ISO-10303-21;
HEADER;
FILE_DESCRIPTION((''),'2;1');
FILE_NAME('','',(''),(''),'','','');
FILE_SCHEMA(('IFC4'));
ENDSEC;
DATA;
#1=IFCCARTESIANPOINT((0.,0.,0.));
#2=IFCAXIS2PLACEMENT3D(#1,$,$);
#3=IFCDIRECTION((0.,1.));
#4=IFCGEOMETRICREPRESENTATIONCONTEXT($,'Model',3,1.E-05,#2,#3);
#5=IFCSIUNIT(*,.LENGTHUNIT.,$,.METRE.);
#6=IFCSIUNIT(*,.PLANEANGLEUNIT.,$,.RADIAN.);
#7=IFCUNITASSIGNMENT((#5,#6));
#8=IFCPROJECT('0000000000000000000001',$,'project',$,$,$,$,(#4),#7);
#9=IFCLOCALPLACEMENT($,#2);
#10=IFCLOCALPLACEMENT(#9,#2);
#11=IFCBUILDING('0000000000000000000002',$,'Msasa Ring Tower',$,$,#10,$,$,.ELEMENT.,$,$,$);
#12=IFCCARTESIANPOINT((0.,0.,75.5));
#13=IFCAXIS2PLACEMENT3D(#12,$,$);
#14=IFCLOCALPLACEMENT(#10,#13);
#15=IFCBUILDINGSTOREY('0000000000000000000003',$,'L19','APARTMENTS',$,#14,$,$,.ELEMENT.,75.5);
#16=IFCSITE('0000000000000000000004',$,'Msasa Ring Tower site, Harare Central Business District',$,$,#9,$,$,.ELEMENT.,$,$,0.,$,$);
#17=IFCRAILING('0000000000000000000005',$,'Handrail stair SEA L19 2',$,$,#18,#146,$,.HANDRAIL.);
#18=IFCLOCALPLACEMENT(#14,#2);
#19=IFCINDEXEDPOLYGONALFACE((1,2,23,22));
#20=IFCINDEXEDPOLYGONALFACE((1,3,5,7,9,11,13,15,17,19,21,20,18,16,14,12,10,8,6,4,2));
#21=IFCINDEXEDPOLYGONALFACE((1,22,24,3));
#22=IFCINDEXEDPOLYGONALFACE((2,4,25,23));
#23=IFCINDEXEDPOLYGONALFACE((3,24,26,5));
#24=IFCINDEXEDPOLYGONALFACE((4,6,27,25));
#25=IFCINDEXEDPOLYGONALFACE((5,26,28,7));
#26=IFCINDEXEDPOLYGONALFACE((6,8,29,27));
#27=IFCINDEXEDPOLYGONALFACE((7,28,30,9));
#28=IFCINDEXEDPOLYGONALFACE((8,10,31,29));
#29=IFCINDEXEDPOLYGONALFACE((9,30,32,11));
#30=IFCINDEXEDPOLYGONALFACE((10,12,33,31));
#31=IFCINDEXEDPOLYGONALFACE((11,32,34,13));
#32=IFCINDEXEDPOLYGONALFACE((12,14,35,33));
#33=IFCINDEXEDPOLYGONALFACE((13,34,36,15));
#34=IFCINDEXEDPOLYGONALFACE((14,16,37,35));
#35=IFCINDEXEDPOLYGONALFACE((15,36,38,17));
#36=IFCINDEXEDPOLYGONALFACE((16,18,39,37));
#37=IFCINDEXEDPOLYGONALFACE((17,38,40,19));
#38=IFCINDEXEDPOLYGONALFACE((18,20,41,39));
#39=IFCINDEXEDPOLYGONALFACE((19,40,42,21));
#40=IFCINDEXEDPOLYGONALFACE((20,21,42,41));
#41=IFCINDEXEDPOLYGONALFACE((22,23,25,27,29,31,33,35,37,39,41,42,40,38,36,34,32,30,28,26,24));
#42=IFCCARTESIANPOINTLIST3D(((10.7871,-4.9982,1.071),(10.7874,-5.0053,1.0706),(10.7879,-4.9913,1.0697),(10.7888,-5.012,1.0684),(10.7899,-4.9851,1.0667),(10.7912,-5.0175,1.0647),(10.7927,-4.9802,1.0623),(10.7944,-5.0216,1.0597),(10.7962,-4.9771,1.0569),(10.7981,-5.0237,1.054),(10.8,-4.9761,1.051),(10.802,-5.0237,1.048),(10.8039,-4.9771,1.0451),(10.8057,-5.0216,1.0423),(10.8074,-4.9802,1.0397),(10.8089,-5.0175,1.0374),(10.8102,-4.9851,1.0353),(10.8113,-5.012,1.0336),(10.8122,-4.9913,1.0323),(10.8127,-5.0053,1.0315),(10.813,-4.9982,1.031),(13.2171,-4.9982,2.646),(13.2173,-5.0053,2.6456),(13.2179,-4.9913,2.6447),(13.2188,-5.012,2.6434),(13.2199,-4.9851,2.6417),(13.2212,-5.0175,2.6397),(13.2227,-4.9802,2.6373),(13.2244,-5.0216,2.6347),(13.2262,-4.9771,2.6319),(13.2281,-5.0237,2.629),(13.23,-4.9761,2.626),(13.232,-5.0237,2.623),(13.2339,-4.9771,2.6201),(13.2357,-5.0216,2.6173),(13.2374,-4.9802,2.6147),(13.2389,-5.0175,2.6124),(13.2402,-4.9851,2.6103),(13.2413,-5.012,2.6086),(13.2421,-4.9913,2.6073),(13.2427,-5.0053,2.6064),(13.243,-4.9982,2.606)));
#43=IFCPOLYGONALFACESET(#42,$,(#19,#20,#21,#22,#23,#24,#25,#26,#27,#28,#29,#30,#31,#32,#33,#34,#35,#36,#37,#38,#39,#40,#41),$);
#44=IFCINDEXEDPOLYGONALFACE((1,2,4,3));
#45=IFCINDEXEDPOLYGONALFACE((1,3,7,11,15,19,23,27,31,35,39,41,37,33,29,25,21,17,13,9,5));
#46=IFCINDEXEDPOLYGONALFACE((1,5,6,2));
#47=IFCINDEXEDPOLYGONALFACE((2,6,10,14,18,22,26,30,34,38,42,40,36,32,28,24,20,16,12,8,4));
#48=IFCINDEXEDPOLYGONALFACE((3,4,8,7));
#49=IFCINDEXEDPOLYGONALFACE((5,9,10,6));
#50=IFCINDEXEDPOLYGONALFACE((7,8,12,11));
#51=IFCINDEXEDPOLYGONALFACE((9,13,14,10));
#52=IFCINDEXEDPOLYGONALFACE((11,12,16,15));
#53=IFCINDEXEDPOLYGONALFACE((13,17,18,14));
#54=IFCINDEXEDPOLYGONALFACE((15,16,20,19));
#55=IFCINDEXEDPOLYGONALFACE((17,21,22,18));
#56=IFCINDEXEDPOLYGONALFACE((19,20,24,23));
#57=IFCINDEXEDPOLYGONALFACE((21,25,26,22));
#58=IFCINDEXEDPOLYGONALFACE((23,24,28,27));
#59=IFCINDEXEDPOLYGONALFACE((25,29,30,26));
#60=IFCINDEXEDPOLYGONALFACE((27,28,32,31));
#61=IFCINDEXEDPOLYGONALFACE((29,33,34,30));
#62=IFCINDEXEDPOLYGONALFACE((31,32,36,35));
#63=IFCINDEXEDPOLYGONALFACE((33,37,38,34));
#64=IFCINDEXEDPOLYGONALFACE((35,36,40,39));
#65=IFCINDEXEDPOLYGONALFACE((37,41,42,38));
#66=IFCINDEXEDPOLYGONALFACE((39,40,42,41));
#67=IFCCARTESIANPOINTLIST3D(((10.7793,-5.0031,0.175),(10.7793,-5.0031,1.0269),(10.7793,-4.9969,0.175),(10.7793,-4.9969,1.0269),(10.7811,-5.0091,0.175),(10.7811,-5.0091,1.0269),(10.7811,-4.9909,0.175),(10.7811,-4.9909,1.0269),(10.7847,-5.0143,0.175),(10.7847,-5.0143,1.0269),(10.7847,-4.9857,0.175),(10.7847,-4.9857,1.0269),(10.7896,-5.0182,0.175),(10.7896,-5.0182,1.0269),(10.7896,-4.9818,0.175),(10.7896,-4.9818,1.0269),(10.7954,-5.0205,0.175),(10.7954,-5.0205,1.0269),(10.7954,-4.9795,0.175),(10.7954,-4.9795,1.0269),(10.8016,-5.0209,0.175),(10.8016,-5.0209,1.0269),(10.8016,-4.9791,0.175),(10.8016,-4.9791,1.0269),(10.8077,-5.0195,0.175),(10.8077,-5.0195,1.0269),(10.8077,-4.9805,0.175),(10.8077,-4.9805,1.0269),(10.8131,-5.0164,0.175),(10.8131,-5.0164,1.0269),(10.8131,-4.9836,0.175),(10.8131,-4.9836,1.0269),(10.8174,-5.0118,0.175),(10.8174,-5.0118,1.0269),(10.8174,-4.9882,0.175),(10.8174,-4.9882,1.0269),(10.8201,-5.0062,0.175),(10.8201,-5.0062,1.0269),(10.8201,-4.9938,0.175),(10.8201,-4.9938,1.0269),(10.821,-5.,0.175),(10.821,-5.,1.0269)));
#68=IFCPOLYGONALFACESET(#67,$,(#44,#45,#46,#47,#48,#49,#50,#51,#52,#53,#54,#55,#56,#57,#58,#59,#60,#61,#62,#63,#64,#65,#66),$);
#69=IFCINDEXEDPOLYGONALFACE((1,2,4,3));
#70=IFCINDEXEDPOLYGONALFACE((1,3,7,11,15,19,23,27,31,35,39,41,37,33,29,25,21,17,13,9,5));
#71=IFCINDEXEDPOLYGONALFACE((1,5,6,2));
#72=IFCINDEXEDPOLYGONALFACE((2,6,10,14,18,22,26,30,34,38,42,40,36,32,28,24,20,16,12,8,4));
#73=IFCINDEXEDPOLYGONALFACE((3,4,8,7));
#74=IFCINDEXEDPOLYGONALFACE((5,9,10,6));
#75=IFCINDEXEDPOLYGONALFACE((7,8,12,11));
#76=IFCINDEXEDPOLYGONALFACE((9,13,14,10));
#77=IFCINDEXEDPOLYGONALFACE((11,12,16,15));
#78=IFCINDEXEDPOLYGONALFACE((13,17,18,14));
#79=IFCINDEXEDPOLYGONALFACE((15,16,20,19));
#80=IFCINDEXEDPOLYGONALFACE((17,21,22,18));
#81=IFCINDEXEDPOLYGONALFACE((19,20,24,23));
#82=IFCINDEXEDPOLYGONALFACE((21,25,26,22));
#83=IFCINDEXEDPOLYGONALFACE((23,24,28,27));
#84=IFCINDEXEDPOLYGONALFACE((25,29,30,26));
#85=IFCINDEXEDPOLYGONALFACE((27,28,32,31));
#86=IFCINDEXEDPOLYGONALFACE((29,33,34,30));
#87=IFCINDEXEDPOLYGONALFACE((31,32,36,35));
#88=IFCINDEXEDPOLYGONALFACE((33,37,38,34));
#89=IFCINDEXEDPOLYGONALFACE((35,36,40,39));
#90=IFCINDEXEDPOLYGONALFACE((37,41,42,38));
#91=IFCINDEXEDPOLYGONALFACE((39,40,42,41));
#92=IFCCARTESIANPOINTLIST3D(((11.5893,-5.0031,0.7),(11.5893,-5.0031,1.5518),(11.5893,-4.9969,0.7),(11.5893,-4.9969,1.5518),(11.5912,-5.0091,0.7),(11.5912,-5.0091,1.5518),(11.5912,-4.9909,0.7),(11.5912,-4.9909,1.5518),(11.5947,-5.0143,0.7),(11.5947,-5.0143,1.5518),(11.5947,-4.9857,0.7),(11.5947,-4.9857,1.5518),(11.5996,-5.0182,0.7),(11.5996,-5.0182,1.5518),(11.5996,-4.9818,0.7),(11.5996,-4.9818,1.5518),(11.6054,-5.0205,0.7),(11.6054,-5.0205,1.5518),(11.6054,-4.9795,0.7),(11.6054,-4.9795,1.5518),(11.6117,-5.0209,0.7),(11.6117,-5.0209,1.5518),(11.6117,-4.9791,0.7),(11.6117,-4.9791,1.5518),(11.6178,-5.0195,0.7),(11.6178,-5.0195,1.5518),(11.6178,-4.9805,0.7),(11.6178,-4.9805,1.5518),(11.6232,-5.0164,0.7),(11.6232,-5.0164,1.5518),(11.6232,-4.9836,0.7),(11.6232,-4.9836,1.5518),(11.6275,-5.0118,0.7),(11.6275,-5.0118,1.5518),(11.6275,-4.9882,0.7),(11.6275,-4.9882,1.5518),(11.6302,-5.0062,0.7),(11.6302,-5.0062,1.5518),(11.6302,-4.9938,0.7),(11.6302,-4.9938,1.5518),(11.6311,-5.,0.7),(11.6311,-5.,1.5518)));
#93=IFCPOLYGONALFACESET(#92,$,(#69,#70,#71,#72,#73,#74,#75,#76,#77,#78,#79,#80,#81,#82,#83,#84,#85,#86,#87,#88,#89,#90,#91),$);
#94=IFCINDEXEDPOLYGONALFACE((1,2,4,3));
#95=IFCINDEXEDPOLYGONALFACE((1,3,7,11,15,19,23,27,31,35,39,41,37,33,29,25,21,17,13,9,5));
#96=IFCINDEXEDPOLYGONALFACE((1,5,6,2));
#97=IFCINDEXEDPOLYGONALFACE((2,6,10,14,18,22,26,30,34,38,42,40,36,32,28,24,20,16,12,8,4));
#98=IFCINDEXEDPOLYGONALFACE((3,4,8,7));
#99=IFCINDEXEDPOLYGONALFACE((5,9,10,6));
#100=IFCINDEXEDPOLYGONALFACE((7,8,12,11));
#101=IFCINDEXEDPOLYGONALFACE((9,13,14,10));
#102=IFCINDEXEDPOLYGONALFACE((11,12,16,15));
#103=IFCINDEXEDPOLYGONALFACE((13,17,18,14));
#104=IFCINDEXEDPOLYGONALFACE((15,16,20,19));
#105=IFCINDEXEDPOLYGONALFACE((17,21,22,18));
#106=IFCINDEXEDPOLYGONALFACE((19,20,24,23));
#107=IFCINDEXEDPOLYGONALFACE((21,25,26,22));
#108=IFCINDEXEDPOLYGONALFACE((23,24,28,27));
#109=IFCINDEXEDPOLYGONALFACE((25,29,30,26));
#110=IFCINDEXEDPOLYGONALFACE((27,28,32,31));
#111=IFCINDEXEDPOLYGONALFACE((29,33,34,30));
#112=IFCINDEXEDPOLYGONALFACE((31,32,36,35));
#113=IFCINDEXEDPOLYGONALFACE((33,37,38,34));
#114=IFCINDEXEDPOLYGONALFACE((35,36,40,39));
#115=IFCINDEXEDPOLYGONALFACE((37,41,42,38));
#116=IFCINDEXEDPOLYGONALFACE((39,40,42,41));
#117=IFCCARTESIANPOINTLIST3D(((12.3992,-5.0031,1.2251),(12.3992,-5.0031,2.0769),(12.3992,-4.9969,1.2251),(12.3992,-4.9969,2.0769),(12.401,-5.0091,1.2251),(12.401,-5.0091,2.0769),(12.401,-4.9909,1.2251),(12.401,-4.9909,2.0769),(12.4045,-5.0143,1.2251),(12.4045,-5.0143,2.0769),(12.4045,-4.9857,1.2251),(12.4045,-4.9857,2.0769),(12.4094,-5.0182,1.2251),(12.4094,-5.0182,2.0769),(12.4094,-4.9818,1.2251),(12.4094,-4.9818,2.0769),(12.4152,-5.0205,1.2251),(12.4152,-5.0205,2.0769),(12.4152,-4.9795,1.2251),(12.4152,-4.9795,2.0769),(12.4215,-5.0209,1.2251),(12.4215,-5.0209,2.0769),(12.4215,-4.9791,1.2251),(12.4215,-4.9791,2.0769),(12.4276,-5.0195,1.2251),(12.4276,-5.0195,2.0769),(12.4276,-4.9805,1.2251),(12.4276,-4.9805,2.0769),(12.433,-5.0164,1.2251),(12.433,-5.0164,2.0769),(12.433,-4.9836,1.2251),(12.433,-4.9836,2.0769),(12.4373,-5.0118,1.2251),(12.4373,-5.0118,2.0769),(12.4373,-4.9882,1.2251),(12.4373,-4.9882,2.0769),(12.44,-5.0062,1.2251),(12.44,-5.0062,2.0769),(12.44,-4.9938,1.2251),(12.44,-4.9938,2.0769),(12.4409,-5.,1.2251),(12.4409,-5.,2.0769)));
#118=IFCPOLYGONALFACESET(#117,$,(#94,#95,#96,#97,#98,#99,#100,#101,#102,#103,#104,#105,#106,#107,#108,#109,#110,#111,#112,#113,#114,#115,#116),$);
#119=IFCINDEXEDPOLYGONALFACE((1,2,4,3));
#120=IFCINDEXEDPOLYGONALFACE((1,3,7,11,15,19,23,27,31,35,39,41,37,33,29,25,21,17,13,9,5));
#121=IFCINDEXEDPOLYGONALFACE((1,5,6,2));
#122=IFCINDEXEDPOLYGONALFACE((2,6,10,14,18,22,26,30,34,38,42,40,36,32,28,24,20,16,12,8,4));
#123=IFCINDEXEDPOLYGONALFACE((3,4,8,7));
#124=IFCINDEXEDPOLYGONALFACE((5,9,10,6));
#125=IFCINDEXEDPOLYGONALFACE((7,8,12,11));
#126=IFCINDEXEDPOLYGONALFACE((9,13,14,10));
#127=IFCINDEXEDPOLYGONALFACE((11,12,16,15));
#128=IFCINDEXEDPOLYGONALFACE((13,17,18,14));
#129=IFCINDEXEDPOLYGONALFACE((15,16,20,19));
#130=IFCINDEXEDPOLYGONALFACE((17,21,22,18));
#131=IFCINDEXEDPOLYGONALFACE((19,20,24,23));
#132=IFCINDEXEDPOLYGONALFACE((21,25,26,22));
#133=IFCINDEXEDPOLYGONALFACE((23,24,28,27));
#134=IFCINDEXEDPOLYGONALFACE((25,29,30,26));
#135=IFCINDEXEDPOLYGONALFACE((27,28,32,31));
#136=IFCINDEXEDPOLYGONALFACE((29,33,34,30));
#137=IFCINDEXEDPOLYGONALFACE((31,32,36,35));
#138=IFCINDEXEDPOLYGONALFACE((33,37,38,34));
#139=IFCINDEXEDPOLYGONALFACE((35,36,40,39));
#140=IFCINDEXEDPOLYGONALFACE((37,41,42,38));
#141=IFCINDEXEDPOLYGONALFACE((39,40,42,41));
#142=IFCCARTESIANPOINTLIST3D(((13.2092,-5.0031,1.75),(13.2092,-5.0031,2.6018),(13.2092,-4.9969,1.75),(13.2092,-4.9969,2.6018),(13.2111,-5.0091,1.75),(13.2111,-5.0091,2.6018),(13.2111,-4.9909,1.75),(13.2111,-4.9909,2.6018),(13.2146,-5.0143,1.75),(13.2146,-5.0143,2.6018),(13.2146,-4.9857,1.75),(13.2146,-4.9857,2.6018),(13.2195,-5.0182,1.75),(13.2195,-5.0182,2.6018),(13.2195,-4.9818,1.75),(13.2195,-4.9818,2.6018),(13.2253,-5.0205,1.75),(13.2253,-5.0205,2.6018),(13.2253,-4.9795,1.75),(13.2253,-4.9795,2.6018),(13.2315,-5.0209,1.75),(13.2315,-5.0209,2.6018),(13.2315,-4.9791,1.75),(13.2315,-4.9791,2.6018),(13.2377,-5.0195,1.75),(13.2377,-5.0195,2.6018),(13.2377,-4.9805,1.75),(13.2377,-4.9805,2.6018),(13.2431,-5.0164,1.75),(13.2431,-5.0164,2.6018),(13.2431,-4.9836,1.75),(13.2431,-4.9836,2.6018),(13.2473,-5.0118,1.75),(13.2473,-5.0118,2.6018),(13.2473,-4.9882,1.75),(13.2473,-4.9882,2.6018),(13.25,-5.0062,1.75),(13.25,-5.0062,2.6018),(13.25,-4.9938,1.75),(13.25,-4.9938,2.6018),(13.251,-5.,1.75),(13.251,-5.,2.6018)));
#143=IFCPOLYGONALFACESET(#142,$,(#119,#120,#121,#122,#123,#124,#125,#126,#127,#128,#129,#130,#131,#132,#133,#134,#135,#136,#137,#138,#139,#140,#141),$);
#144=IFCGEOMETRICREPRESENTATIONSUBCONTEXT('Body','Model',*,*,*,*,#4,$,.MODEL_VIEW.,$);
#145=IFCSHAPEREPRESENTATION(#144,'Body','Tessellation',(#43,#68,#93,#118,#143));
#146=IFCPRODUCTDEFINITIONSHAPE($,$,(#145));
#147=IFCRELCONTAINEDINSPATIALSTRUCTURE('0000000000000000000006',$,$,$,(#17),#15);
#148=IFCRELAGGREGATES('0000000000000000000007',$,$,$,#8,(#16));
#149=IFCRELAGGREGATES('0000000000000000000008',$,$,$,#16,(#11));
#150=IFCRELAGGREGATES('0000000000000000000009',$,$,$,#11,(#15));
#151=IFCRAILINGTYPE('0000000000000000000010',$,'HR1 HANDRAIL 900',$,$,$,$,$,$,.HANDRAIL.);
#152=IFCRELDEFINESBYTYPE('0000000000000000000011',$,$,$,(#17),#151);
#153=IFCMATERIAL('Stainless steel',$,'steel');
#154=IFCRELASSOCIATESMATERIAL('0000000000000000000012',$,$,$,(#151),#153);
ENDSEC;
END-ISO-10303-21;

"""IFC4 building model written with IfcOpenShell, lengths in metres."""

from ifc_helpers import new_model, si_unit, direction, frame, origin, origin_2d, place, context, subcontext, project, spatial, circle, extrude, material, type_object, element, save


model = new_model("IFC4")

# Units and contexts
model_context = context("Model", 3, precision=1e-05, world=origin(), true_north=direction((0.0, 1.0)))
body_context = subcontext(model_context, "Body", "Model", "MODEL_VIEW")
ifc_project = project(units=[si_unit("LENGTHUNIT", "METRE"), si_unit("PLANEANGLEUNIT", "RADIAN")], contexts=[model_context])

# Site, building, storey
site_placement = place(None, origin())
site = spatial("IfcSite", under=ifc_project, at=site_placement, Name="Msasa Ring Tower site, Harare Central Business District", CompositionType="ELEMENT", RefElevation=0.0)
building_placement = place(site_placement, origin())
building = spatial("IfcBuilding", under=site, at=building_placement, Name="Msasa Ring Tower", CompositionType="ELEMENT")
storey_placement = place(building_placement, frame((0.0, 0.0, 75.5)))
storey = spatial("IfcBuildingStorey", under=building, at=storey_placement, Name="L19", Description="APARTMENTS", CompositionType="ELEMENT", Elevation=75.5)

# Railing
ifc_material_1 = material(Name="Stainless steel", Category="steel")
railing_type = type_object("IfcRailingType", Name="HR1 HANDRAIL 900", PredefinedType="HANDRAIL", material=ifc_material_1)
for number, where, name in (
    (1, (10.8, -5.0, 0.175), "Handrail stair SEA L19 2"),
):
    element("IfcRailing", number, at=place(storey_placement, frame(where)), inside=storey, type_object=railing_type, Name=name, PredefinedType="HANDRAIL", context=body_context, shape_type="SweptSolid", body=[
        extrude(circle(Radius=0.0239, at=origin_2d()), frame((0.0, 0.0, 0.876), z_axis=(0.839154, 0.0, 0.543894), x_axis=(0.0, 1.0, 0.0)), (0.0, 0.0, 1.0), 2.8958),
        extrude(circle(Radius=0.021, at=origin_2d()), origin(), (0.0, 0.0, 1.0), 0.8518),
        extrude(circle(Radius=0.021, at=origin_2d()), frame((0.8101, 0.0, 0.5249)), (0.0, 0.0, 1.0), 0.8518),
        extrude(circle(Radius=0.021, at=origin_2d()), frame((1.6199, 0.0, 1.05)), (0.0, 0.0, 1.0), 0.8518),
        extrude(circle(Radius=0.021, at=origin_2d()), frame((2.4299, 0.0, 1.575)), (0.0, 0.0, 1.0), 0.8518),
    ])

save(model, "model.ifc")
